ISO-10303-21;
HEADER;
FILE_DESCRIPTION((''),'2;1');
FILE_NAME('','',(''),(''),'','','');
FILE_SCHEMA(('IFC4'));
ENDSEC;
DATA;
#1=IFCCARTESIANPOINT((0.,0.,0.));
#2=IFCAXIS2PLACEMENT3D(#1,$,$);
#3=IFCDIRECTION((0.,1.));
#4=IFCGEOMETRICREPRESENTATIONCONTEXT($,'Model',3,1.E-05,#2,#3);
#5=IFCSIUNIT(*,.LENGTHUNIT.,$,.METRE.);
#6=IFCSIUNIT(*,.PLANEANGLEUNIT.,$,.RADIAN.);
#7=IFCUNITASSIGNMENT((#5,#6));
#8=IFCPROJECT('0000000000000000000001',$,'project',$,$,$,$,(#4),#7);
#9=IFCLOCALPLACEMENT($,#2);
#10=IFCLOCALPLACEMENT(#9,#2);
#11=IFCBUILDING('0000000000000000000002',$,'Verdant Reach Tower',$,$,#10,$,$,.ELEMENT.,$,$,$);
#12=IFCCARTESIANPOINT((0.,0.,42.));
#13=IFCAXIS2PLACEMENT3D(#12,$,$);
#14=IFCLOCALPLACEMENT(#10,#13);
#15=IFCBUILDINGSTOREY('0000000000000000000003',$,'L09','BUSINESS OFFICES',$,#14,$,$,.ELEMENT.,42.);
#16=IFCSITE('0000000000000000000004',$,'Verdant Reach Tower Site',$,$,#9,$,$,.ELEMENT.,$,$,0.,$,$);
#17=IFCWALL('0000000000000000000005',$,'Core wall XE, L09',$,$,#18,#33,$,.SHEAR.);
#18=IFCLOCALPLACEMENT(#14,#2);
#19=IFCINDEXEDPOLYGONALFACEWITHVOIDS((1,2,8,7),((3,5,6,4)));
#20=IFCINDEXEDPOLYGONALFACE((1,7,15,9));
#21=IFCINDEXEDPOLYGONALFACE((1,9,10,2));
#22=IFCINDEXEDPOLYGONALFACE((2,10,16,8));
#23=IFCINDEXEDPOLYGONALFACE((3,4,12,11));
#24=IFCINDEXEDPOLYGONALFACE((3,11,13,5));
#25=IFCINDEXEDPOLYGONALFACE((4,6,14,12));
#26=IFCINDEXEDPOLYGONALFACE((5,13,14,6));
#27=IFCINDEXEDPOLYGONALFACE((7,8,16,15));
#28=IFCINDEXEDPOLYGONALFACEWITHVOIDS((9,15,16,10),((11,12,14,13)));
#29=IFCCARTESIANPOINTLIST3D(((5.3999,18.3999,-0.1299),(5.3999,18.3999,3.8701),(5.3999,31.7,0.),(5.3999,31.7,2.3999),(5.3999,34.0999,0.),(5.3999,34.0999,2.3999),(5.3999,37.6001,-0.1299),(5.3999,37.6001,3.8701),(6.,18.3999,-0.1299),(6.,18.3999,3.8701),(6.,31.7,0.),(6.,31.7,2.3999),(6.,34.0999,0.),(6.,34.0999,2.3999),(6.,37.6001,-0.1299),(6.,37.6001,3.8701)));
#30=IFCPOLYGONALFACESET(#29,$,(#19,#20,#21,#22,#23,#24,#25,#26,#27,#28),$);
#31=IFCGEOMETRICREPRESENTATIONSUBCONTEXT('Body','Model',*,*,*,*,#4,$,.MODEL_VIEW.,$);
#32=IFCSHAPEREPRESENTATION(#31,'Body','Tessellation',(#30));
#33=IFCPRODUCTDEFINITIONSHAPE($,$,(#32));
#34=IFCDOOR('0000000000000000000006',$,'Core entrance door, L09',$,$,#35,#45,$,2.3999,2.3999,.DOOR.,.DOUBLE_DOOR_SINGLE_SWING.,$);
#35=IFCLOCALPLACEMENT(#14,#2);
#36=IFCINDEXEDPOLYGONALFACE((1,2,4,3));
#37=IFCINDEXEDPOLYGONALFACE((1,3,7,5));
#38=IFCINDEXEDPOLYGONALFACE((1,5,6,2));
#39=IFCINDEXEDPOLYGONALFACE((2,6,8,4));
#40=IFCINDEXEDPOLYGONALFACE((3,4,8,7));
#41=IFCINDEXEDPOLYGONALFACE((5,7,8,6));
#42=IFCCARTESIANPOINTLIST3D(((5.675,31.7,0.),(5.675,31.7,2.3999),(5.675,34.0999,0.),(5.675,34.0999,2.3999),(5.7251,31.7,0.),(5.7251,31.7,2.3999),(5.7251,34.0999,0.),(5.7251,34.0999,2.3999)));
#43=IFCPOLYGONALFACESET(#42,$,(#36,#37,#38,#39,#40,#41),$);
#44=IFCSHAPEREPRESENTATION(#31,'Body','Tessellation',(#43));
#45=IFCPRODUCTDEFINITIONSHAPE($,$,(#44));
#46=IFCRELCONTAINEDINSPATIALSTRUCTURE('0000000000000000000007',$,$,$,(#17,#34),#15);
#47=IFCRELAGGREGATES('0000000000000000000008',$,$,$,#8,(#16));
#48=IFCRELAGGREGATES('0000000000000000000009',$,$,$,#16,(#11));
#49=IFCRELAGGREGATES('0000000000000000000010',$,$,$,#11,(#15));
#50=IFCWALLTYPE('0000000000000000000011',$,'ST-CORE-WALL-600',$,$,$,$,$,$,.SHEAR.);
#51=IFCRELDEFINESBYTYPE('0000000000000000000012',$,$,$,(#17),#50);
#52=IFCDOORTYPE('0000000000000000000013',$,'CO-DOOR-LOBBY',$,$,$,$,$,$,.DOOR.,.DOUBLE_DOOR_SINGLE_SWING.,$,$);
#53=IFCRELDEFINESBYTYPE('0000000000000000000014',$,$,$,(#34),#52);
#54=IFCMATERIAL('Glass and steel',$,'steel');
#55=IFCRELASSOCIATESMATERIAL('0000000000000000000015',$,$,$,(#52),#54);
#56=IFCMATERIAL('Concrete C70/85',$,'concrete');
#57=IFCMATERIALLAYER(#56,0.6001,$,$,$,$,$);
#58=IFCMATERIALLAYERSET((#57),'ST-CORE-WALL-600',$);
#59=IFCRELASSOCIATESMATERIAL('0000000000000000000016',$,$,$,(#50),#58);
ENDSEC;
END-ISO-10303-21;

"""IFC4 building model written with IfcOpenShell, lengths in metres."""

from ifc_helpers import new_model, si_unit, direction, frame, frame_2d, origin, place, context, subcontext, project, spatial, rectangle, extrude, material, layer, layer_set, type_object, element, fill, save


model = new_model("IFC4")

# Units and contexts
model_context = context("Model", 3, precision=1e-05, world=origin(), true_north=direction((0.0, 1.0)))
body_context = subcontext(model_context, "Body", "Model", "MODEL_VIEW")
ifc_project = project(units=[si_unit("LENGTHUNIT", "METRE"), si_unit("PLANEANGLEUNIT", "RADIAN")], contexts=[model_context])

# Site, building, storey
site_placement = place(None, origin())
site = spatial("IfcSite", under=ifc_project, at=site_placement, Name="Verdant Reach Tower Site", CompositionType="ELEMENT", RefElevation=0.0)
building_placement = place(site_placement, origin())
building = spatial("IfcBuilding", under=site, at=building_placement, Name="Verdant Reach Tower", CompositionType="ELEMENT")
storey_placement = place(building_placement, frame((0.0, 0.0, 42.0)))
storey = spatial("IfcBuildingStorey", under=building, at=storey_placement, Name="L09", Description="BUSINESS OFFICES", CompositionType="ELEMENT", Elevation=42.0)

# Shared definitions
ifc_material_1 = material(Name="Concrete C70/85", Category="concrete")
ifc_material_2 = material(Name="Glass and steel", Category="steel")
door_type_1 = type_object("IfcDoorType", Name="CO-DOOR-LOBBY", OperationType="DOUBLE_DOOR_SINGLE_SWING", PredefinedType="DOOR", material=ifc_material_2)

# Wall, opening, door
ifc_layer_1 = layer(ifc_material_1, 0.6001)
ifc_layer_set_1 = layer_set([ifc_layer_1], Name="ST-CORE-WALL-600")
wall_type_1 = type_object("IfcWallType", Name="ST-CORE-WALL-600", PredefinedType="SHEAR", material=ifc_layer_set_1)
wall_1_placement = place(storey_placement, frame((5.7, 18.3999, -0.1299), z_axis=(0.0, 0.0, 1.0), x_axis=(0.0, 1.0, 0.0)))
wall_1 = element("IfcWall", 1, at=wall_1_placement, inside=storey, type_object=wall_type_1, Name="Core wall XE, L09", PredefinedType="SHEAR", context=body_context, shape_type="SweptSolid", body=[
    extrude(rectangle(XDim=19.2002, YDim=0.6001, at=frame_2d((9.6001, 0.0))), origin(), (0.0, 0.0, 1.0), 4.0),
])
opening_1_placement = place(wall_1_placement, frame((13.3, 0.0, 0.1299)))
opening_1 = element("IfcOpeningElement", 2, at=opening_1_placement, cuts=wall_1, PredefinedType="OPENING", context=body_context, shape_type="SweptSolid", body=[
    extrude(rectangle(XDim=2.3999, YDim=2.3999, at=frame_2d((1.2, 1.2))), frame((0.0, 0.3101, 0.0), z_axis=(0.0, -1.0, 0.0), x_axis=(1.0, 0.0, 0.0)), (0.0, 0.0, 1.0), 0.6201),
])
door_1_placement = place(opening_1_placement, origin())
door_1 = element("IfcDoor", 3, at=door_1_placement, inside=storey, type_object=door_type_1, Name="Core entrance door, L09", OperationType="DOUBLE_DOOR_SINGLE_SWING", OverallHeight=2.3999, OverallWidth=2.3999, PredefinedType="DOOR", context=body_context, shape_type="SweptSolid", body=[
    extrude(rectangle(XDim=2.3999, YDim=2.3999, at=frame_2d((1.2, 1.2))), frame((0.0, 0.0249, 0.0), z_axis=(0.0, -1.0, 0.0), x_axis=(1.0, 0.0, 0.0)), (0.0, 0.0, 1.0), 0.05),
])
fill(opening_1, door_1)

save(model, "model.ifc")
